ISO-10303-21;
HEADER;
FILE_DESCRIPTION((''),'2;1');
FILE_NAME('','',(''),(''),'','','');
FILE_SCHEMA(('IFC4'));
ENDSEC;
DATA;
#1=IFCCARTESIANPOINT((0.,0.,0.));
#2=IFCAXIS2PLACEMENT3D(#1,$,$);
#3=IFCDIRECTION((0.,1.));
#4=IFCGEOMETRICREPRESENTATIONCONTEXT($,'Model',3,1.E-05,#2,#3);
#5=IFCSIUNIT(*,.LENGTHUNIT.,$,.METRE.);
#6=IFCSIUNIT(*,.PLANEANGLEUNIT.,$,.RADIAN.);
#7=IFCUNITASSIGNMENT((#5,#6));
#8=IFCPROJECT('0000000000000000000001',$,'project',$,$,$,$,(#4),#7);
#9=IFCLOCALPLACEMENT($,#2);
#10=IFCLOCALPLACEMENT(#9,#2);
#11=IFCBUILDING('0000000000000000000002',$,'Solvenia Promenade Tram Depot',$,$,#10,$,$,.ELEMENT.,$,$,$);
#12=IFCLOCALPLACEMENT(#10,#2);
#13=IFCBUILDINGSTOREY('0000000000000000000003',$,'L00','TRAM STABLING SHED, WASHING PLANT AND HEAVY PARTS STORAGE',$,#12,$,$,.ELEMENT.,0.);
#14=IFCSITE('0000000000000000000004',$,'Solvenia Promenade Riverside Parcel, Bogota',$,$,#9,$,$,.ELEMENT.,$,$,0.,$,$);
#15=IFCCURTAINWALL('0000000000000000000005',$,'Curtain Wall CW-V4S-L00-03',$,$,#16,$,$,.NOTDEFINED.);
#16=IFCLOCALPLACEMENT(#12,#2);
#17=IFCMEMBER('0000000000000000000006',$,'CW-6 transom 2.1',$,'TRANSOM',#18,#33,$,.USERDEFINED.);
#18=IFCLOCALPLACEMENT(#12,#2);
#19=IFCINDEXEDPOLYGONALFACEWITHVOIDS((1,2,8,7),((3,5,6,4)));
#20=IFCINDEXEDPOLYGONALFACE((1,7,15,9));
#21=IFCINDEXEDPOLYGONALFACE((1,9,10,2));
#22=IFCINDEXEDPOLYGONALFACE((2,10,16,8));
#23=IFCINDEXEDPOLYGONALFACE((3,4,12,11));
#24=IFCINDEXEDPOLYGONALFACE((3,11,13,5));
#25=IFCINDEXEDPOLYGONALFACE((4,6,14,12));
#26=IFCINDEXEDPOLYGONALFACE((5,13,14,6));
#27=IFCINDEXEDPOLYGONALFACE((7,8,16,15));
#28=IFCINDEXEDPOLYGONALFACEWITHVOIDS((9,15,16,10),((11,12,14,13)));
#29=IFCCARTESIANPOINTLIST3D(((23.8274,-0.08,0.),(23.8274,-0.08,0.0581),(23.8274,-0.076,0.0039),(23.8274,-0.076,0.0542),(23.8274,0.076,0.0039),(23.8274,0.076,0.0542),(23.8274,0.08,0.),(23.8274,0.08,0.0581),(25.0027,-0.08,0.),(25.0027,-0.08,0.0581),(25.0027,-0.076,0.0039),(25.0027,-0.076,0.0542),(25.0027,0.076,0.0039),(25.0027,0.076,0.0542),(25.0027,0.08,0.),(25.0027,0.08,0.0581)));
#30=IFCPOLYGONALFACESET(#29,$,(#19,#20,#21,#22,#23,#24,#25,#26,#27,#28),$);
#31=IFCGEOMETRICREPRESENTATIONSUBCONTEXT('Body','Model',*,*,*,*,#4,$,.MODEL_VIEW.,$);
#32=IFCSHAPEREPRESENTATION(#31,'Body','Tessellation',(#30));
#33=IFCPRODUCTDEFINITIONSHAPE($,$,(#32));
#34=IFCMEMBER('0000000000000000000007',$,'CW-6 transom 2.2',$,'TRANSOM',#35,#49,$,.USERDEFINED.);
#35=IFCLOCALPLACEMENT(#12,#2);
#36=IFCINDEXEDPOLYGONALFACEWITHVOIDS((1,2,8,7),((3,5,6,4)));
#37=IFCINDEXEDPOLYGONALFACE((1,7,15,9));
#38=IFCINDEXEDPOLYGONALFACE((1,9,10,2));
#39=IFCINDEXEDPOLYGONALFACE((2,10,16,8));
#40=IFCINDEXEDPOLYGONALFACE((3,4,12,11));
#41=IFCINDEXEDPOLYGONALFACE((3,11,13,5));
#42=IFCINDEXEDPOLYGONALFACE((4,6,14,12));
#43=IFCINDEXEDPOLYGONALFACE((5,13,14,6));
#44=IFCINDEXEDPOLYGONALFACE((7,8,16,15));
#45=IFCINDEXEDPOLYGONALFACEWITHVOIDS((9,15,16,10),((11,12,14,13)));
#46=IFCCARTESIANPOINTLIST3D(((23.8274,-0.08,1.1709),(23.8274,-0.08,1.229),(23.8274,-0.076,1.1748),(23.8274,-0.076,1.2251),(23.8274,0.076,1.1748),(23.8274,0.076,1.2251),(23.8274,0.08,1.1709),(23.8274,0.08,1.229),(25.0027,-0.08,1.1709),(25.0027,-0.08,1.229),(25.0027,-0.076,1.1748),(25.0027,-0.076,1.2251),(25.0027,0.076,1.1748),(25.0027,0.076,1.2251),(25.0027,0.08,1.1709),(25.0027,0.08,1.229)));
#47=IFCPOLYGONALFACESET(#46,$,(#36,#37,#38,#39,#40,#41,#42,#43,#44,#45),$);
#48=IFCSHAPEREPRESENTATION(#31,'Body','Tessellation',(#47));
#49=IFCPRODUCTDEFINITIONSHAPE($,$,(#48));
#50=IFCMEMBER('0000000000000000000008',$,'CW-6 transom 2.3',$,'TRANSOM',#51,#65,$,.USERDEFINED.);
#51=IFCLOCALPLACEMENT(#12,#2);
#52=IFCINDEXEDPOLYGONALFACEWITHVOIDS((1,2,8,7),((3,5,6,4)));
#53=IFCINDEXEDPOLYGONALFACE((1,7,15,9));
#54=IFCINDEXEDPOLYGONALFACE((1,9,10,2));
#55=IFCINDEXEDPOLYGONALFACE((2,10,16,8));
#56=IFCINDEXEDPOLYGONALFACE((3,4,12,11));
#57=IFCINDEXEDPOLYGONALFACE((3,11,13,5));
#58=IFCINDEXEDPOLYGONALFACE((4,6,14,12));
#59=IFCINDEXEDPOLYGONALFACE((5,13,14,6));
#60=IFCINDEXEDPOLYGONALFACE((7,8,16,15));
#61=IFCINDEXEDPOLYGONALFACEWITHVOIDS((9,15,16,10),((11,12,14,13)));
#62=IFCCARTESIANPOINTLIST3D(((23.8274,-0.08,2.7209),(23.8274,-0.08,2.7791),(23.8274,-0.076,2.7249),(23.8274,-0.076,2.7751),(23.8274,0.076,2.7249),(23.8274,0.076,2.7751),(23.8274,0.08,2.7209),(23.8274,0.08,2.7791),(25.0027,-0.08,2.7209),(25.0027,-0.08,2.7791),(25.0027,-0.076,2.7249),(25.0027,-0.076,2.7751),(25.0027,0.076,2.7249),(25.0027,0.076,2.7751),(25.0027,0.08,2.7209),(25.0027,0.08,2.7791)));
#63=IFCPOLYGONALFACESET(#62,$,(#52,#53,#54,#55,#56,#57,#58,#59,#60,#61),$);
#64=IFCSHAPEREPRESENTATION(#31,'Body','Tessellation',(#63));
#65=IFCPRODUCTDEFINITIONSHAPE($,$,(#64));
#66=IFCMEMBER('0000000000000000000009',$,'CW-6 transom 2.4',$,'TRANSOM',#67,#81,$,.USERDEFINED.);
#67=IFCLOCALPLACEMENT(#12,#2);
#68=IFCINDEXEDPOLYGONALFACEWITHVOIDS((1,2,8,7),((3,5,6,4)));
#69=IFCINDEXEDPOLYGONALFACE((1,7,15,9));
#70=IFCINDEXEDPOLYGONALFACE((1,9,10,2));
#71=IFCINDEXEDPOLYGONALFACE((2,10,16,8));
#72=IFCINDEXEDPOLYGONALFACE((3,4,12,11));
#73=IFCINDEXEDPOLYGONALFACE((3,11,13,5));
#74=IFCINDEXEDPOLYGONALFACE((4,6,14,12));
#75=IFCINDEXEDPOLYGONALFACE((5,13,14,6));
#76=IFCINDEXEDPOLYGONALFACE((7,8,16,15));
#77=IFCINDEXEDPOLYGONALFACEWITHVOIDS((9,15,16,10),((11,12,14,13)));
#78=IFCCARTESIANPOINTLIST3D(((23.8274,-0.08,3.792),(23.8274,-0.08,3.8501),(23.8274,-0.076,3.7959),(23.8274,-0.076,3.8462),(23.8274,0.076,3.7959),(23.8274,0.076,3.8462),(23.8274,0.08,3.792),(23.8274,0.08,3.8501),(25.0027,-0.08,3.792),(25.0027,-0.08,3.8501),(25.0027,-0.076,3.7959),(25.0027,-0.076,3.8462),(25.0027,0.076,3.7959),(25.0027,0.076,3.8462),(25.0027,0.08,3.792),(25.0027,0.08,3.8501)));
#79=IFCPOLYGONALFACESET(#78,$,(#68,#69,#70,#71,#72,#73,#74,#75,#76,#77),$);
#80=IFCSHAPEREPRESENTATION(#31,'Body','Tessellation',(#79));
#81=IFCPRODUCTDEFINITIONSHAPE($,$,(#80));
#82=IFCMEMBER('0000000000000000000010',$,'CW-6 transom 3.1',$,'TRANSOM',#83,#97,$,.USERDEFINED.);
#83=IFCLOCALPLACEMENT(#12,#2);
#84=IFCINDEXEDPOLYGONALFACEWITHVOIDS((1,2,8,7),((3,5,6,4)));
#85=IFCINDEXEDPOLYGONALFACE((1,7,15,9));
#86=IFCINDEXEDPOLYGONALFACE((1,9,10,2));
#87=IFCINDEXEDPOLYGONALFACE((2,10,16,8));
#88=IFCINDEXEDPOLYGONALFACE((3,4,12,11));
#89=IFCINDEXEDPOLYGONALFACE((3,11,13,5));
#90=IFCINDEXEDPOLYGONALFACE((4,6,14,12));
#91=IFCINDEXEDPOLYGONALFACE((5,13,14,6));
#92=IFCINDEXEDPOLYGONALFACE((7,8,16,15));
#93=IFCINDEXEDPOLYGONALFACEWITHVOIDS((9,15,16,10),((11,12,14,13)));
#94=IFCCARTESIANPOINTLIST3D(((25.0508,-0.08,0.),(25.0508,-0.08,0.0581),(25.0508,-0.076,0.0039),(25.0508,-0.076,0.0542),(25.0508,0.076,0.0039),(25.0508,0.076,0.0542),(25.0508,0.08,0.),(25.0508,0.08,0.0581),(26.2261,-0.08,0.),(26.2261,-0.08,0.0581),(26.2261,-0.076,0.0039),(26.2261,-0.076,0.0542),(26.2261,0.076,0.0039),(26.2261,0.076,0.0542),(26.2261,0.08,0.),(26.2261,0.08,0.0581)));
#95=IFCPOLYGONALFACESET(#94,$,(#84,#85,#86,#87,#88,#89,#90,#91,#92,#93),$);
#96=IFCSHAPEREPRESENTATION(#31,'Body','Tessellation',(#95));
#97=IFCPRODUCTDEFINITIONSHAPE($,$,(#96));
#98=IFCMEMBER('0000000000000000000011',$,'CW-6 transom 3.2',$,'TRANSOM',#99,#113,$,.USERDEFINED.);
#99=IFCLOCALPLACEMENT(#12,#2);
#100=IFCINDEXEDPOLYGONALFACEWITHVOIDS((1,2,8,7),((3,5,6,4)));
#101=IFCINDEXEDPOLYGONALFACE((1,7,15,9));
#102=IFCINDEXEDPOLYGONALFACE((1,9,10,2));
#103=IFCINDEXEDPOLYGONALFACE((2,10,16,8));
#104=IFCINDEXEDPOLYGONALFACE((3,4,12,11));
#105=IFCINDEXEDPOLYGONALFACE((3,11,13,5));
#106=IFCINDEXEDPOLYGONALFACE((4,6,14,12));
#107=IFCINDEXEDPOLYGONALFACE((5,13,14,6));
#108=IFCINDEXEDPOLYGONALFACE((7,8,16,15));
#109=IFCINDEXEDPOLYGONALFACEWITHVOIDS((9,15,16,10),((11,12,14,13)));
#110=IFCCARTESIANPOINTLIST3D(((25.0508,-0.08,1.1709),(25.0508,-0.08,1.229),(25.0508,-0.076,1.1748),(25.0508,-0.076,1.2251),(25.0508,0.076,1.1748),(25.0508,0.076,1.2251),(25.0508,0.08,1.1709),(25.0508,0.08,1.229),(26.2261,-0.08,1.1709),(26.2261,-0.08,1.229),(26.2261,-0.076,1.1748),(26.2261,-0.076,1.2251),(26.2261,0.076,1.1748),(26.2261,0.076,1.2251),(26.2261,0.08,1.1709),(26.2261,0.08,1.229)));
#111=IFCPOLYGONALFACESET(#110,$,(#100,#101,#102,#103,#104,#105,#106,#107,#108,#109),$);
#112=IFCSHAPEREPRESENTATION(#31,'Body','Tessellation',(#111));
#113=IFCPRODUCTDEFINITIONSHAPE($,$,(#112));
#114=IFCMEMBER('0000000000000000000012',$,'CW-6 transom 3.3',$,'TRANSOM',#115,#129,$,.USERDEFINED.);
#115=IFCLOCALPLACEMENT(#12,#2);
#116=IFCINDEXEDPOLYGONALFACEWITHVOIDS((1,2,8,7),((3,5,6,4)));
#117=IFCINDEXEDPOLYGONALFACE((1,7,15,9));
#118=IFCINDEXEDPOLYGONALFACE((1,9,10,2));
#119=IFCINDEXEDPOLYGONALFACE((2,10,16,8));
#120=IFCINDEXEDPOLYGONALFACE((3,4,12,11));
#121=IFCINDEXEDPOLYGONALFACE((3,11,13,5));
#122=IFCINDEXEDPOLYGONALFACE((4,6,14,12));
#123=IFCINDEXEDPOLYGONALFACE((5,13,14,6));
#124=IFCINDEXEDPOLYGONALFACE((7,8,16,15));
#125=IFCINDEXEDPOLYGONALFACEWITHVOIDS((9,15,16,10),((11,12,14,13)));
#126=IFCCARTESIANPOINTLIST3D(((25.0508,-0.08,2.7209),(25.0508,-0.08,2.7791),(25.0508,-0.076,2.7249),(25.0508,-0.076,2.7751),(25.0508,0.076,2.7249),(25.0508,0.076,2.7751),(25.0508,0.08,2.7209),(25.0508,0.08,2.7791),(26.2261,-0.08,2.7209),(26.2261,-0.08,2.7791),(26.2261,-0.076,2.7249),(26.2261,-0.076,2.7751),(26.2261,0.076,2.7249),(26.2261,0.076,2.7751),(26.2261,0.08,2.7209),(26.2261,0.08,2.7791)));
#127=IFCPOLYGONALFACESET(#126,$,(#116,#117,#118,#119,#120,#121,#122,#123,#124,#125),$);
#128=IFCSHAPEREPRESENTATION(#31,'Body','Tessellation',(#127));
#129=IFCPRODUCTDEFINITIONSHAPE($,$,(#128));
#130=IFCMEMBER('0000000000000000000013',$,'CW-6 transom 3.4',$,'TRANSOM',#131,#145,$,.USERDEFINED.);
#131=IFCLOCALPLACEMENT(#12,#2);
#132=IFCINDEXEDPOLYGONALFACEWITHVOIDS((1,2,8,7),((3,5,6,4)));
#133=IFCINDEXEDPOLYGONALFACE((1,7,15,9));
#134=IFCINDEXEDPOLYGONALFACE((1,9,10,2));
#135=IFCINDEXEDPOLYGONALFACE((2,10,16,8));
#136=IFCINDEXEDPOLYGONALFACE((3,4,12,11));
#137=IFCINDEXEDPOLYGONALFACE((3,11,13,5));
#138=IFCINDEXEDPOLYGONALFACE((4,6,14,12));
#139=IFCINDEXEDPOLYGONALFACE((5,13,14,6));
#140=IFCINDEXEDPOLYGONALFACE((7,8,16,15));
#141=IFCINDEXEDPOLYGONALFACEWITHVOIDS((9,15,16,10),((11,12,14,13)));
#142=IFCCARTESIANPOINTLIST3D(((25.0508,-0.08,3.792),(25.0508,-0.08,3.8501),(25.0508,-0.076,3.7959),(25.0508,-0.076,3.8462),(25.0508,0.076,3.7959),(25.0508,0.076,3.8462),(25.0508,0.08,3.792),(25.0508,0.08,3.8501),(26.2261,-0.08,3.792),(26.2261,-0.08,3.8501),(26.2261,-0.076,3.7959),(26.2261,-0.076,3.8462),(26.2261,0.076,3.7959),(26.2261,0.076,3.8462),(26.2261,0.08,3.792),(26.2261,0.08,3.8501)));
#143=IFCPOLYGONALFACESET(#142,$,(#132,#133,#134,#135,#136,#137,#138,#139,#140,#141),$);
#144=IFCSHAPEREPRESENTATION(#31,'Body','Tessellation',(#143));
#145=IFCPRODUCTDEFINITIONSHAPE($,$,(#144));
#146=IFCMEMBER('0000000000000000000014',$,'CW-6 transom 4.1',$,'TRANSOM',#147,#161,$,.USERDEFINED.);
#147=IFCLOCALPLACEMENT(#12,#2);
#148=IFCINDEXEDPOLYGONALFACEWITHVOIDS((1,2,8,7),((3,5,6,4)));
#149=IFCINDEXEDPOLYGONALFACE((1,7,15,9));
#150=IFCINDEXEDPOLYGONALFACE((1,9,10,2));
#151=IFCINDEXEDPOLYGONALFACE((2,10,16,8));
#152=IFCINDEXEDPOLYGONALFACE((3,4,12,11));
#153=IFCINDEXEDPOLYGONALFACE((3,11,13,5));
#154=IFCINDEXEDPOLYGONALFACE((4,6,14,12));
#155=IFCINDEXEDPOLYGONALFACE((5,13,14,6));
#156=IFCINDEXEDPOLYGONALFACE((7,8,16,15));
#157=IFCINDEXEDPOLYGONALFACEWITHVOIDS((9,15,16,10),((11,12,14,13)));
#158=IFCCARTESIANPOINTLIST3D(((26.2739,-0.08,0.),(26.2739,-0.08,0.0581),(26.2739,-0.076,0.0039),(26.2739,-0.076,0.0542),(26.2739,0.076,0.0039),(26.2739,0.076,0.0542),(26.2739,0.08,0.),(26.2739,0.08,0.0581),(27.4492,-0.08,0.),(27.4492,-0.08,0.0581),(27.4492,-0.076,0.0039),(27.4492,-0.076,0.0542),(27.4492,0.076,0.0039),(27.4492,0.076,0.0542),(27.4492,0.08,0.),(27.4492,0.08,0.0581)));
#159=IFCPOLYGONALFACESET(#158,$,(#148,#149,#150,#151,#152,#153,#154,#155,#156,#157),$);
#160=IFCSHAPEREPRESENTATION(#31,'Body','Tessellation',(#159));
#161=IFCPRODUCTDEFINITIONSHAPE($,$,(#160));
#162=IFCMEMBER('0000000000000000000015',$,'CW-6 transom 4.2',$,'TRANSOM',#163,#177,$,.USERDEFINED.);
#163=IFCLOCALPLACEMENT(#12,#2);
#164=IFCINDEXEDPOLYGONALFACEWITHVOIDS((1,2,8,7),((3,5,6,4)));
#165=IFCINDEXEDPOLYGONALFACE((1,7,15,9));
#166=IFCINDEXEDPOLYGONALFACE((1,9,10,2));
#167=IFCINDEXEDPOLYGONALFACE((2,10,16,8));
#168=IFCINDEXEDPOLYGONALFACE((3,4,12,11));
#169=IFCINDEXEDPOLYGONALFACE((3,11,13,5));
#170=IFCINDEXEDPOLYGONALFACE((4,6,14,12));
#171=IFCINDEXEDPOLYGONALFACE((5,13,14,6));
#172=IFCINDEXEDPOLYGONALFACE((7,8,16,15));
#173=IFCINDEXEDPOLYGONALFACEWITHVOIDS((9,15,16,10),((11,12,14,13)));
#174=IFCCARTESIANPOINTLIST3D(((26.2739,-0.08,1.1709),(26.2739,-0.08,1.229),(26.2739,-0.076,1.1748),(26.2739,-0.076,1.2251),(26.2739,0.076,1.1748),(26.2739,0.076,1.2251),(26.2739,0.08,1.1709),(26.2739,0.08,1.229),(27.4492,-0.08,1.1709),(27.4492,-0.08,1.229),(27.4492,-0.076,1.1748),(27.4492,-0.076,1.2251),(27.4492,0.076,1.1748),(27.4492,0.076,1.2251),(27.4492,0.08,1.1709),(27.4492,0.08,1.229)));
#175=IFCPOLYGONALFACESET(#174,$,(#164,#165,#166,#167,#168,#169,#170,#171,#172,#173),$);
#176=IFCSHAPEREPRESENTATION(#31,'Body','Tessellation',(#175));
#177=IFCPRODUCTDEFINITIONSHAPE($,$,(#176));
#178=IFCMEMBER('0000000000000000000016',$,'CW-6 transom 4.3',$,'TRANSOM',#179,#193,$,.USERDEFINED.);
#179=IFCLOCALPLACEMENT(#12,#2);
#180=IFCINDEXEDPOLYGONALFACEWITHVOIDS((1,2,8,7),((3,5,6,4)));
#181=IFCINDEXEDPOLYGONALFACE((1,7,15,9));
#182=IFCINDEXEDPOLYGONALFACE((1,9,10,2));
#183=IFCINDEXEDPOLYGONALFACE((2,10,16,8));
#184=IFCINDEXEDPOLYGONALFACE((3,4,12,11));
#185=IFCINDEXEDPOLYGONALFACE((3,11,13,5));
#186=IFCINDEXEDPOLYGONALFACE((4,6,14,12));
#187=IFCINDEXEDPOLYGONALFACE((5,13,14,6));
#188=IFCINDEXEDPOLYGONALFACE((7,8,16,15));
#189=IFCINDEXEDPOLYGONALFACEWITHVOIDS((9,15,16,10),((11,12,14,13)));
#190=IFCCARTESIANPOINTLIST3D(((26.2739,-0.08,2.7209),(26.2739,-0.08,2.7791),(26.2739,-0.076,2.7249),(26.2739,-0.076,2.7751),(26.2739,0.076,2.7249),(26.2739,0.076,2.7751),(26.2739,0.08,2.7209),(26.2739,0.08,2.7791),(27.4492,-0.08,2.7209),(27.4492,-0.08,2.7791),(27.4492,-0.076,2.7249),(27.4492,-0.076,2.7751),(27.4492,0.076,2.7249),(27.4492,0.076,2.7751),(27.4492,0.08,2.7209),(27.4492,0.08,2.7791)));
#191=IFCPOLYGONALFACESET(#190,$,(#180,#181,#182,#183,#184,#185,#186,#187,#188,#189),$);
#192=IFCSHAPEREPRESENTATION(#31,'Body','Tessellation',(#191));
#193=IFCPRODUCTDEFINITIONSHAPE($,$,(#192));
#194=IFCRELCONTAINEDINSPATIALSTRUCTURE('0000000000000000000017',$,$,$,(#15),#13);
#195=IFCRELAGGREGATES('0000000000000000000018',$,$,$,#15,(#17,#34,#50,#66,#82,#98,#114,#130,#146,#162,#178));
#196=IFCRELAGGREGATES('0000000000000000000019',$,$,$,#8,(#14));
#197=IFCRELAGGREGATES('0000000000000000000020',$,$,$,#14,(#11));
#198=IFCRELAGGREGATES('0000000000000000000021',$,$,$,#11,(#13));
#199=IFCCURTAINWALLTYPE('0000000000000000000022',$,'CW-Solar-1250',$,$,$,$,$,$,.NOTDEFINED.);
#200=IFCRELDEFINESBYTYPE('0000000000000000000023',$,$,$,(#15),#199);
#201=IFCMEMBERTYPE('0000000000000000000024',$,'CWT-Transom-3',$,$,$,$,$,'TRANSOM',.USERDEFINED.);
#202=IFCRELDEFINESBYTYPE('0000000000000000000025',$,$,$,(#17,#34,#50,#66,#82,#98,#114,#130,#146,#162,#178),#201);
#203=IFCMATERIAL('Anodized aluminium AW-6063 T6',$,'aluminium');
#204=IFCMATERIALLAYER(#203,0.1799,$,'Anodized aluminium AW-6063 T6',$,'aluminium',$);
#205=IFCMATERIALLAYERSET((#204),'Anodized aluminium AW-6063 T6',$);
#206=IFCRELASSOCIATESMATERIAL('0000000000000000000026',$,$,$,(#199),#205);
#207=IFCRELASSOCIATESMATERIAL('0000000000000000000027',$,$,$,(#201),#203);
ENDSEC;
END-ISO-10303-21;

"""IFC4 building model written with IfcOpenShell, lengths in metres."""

from ifc_helpers import new_model, si_unit, direction, frame, origin, origin_2d, place, context, subcontext, project, spatial, hollow_rectangle, extrude, material, layer, layer_set, material_profile, profile_set, type_object, element, aggregate, save


model = new_model("IFC4")

# Units and contexts
model_context = context("Model", 3, precision=1e-05, world=origin(), true_north=direction((0.0, 1.0)))
body_context = subcontext(model_context, "Body", "Model", "MODEL_VIEW")
ifc_project = project(units=[si_unit("LENGTHUNIT", "METRE"), si_unit("PLANEANGLEUNIT", "RADIAN")], contexts=[model_context])

# Site, building, storey
site_placement = place(None, origin())
site = spatial("IfcSite", under=ifc_project, at=site_placement, Name="Solvenia Promenade Riverside Parcel, Bogota", CompositionType="ELEMENT", RefElevation=0.0)
building_placement = place(site_placement, origin())
building = spatial("IfcBuilding", under=site, at=building_placement, Name="Solvenia Promenade Tram Depot", CompositionType="ELEMENT")
storey_placement = place(building_placement, origin())
storey = spatial("IfcBuildingStorey", under=building, at=storey_placement, Name="L00", Description="TRAM STABLING SHED, WASHING PLANT AND HEAVY PARTS STORAGE", CompositionType="ELEMENT", Elevation=0.0)

# Curtain wall, members
ifc_material_1 = material(Name="Anodized aluminium AW-6063 T6", Category="aluminium")
ifc_layer_1 = layer(ifc_material_1, 0.1799, Name="Anodized aluminium AW-6063 T6", Category="aluminium")
ifc_layer_set_1 = layer_set([ifc_layer_1], Name="Anodized aluminium AW-6063 T6")
curtain_wall_type = type_object("IfcCurtainWallType", Name="CW-Solar-1250", PredefinedType="NOTDEFINED", material=ifc_layer_set_1)
curtain_wall_placement = place(storey_placement, origin())
curtain_wall = element("IfcCurtainWall", 1, at=curtain_wall_placement, inside=storey, type_object=curtain_wall_type, Name="Curtain Wall CW-V4S-L00-03", PredefinedType="NOTDEFINED")
ifc_material_profile_1 = material_profile(ifc_material_1, hollow_rectangle(XDim=0.1599, YDim=0.0581, WallThickness=0.0039, at=origin_2d()), Name="ALU-T3", Category="aluminium")
ifc_profile_set_1 = profile_set([ifc_material_profile_1], Name="Anodized aluminium AW-6063 T6")
member_type_1 = type_object("IfcMemberType", Name="CWT-Transom-3", ElementType="TRANSOM", PredefinedType="USERDEFINED", material=ifc_profile_set_1)
member_1_placement = place(storey_placement, frame((23.8274, 0.0, 0.0291), z_axis=(1.0, 0.0, 0.0), x_axis=(0.0, 1.0, 0.0)))
member_1 = element("IfcMember", 2, at=member_1_placement, type_object=member_type_1, Name="CW-6 transom 2.1", ObjectType="TRANSOM", PredefinedType="USERDEFINED", context=body_context, shape_type="SweptSolid", body=[
    extrude(hollow_rectangle(XDim=0.1599, YDim=0.0581, WallThickness=0.0039, at=origin_2d()), origin(), (0.0, 0.0, 1.0), 1.1753),
])
member_2_placement = place(storey_placement, frame((23.8274, 0.0, 1.2), z_axis=(1.0, 0.0, 0.0), x_axis=(0.0, 1.0, 0.0)))
member_2 = element("IfcMember", 3, at=member_2_placement, type_object=member_type_1, Name="CW-6 transom 2.2", ObjectType="TRANSOM", PredefinedType="USERDEFINED", context=body_context, shape_type="SweptSolid", body=[
    extrude(hollow_rectangle(XDim=0.1599, YDim=0.0581, WallThickness=0.0039, at=origin_2d()), origin(), (0.0, 0.0, 1.0), 1.1753),
])
member_3_placement = place(storey_placement, frame((23.8274, 0.0, 2.75), z_axis=(1.0, 0.0, 0.0), x_axis=(0.0, 1.0, 0.0)))
member_3 = element("IfcMember", 4, at=member_3_placement, type_object=member_type_1, Name="CW-6 transom 2.3", ObjectType="TRANSOM", PredefinedType="USERDEFINED", context=body_context, shape_type="SweptSolid", body=[
    extrude(hollow_rectangle(XDim=0.1599, YDim=0.0581, WallThickness=0.0039, at=origin_2d()), origin(), (0.0, 0.0, 1.0), 1.1753),
])
member_4_placement = place(storey_placement, frame((23.8274, 0.0, 3.821), z_axis=(1.0, 0.0, 0.0), x_axis=(0.0, 1.0, 0.0)))
member_4 = element("IfcMember", 5, at=member_4_placement, type_object=member_type_1, Name="CW-6 transom 2.4", ObjectType="TRANSOM", PredefinedType="USERDEFINED", context=body_context, shape_type="SweptSolid", body=[
    extrude(hollow_rectangle(XDim=0.1599, YDim=0.0581, WallThickness=0.0039, at=origin_2d()), origin(), (0.0, 0.0, 1.0), 1.1753),
])
member_5_placement = place(storey_placement, frame((25.0508, 0.0, 0.0291), z_axis=(1.0, 0.0, 0.0), x_axis=(0.0, 1.0, 0.0)))
member_5 = element("IfcMember", 6, at=member_5_placement, type_object=member_type_1, Name="CW-6 transom 3.1", ObjectType="TRANSOM", PredefinedType="USERDEFINED", context=body_context, shape_type="SweptSolid", body=[
    extrude(hollow_rectangle(XDim=0.1599, YDim=0.0581, WallThickness=0.0039, at=origin_2d()), origin(), (0.0, 0.0, 1.0), 1.1753),
])
member_6_placement = place(storey_placement, frame((25.0508, 0.0, 1.2), z_axis=(1.0, 0.0, 0.0), x_axis=(0.0, 1.0, 0.0)))
member_6 = element("IfcMember", 7, at=member_6_placement, type_object=member_type_1, Name="CW-6 transom 3.2", ObjectType="TRANSOM", PredefinedType="USERDEFINED", context=body_context, shape_type="SweptSolid", body=[
    extrude(hollow_rectangle(XDim=0.1599, YDim=0.0581, WallThickness=0.0039, at=origin_2d()), origin(), (0.0, 0.0, 1.0), 1.1753),
])
member_7_placement = place(storey_placement, frame((25.0508, 0.0, 2.75), z_axis=(1.0, 0.0, 0.0), x_axis=(0.0, 1.0, 0.0)))
member_7 = element("IfcMember", 8, at=member_7_placement, type_object=member_type_1, Name="CW-6 transom 3.3", ObjectType="TRANSOM", PredefinedType="USERDEFINED", context=body_context, shape_type="SweptSolid", body=[
    extrude(hollow_rectangle(XDim=0.1599, YDim=0.0581, WallThickness=0.0039, at=origin_2d()), origin(), (0.0, 0.0, 1.0), 1.1753),
])
member_8_placement = place(storey_placement, frame((25.0508, 0.0, 3.821), z_axis=(1.0, 0.0, 0.0), x_axis=(0.0, 1.0, 0.0)))
member_8 = element("IfcMember", 9, at=member_8_placement, type_object=member_type_1, Name="CW-6 transom 3.4", ObjectType="TRANSOM", PredefinedType="USERDEFINED", context=body_context, shape_type="SweptSolid", body=[
    extrude(hollow_rectangle(XDim=0.1599, YDim=0.0581, WallThickness=0.0039, at=origin_2d()), origin(), (0.0, 0.0, 1.0), 1.1753),
])
member_9_placement = place(storey_placement, frame((26.2739, 0.0, 0.0291), z_axis=(1.0, 0.0, 0.0), x_axis=(0.0, 1.0, 0.0)))
member_9 = element("IfcMember", 10, at=member_9_placement, type_object=member_type_1, Name="CW-6 transom 4.1", ObjectType="TRANSOM", PredefinedType="USERDEFINED", context=body_context, shape_type="SweptSolid", body=[
    extrude(hollow_rectangle(XDim=0.1599, YDim=0.0581, WallThickness=0.0039, at=origin_2d()), origin(), (0.0, 0.0, 1.0), 1.1753),
])
member_10_placement = place(storey_placement, frame((26.2739, 0.0, 1.2), z_axis=(1.0, 0.0, 0.0), x_axis=(0.0, 1.0, 0.0)))
member_10 = element("IfcMember", 11, at=member_10_placement, type_object=member_type_1, Name="CW-6 transom 4.2", ObjectType="TRANSOM", PredefinedType="USERDEFINED", context=body_context, shape_type="SweptSolid", body=[
    extrude(hollow_rectangle(XDim=0.1599, YDim=0.0581, WallThickness=0.0039, at=origin_2d()), origin(), (0.0, 0.0, 1.0), 1.1753),
])
member_11_placement = place(storey_placement, frame((26.2739, 0.0, 2.75), z_axis=(1.0, 0.0, 0.0), x_axis=(0.0, 1.0, 0.0)))
member_11 = element("IfcMember", 12, at=member_11_placement, type_object=member_type_1, Name="CW-6 transom 4.3", ObjectType="TRANSOM", PredefinedType="USERDEFINED", context=body_context, shape_type="SweptSolid", body=[
    extrude(hollow_rectangle(XDim=0.1599, YDim=0.0581, WallThickness=0.0039, at=origin_2d()), origin(), (0.0, 0.0, 1.0), 1.1753),
])
aggregate(curtain_wall, [member_1, member_2, member_3, member_4, member_5, member_6, member_7, member_8, member_9, member_10, member_11])

save(model, "model.ifc")
